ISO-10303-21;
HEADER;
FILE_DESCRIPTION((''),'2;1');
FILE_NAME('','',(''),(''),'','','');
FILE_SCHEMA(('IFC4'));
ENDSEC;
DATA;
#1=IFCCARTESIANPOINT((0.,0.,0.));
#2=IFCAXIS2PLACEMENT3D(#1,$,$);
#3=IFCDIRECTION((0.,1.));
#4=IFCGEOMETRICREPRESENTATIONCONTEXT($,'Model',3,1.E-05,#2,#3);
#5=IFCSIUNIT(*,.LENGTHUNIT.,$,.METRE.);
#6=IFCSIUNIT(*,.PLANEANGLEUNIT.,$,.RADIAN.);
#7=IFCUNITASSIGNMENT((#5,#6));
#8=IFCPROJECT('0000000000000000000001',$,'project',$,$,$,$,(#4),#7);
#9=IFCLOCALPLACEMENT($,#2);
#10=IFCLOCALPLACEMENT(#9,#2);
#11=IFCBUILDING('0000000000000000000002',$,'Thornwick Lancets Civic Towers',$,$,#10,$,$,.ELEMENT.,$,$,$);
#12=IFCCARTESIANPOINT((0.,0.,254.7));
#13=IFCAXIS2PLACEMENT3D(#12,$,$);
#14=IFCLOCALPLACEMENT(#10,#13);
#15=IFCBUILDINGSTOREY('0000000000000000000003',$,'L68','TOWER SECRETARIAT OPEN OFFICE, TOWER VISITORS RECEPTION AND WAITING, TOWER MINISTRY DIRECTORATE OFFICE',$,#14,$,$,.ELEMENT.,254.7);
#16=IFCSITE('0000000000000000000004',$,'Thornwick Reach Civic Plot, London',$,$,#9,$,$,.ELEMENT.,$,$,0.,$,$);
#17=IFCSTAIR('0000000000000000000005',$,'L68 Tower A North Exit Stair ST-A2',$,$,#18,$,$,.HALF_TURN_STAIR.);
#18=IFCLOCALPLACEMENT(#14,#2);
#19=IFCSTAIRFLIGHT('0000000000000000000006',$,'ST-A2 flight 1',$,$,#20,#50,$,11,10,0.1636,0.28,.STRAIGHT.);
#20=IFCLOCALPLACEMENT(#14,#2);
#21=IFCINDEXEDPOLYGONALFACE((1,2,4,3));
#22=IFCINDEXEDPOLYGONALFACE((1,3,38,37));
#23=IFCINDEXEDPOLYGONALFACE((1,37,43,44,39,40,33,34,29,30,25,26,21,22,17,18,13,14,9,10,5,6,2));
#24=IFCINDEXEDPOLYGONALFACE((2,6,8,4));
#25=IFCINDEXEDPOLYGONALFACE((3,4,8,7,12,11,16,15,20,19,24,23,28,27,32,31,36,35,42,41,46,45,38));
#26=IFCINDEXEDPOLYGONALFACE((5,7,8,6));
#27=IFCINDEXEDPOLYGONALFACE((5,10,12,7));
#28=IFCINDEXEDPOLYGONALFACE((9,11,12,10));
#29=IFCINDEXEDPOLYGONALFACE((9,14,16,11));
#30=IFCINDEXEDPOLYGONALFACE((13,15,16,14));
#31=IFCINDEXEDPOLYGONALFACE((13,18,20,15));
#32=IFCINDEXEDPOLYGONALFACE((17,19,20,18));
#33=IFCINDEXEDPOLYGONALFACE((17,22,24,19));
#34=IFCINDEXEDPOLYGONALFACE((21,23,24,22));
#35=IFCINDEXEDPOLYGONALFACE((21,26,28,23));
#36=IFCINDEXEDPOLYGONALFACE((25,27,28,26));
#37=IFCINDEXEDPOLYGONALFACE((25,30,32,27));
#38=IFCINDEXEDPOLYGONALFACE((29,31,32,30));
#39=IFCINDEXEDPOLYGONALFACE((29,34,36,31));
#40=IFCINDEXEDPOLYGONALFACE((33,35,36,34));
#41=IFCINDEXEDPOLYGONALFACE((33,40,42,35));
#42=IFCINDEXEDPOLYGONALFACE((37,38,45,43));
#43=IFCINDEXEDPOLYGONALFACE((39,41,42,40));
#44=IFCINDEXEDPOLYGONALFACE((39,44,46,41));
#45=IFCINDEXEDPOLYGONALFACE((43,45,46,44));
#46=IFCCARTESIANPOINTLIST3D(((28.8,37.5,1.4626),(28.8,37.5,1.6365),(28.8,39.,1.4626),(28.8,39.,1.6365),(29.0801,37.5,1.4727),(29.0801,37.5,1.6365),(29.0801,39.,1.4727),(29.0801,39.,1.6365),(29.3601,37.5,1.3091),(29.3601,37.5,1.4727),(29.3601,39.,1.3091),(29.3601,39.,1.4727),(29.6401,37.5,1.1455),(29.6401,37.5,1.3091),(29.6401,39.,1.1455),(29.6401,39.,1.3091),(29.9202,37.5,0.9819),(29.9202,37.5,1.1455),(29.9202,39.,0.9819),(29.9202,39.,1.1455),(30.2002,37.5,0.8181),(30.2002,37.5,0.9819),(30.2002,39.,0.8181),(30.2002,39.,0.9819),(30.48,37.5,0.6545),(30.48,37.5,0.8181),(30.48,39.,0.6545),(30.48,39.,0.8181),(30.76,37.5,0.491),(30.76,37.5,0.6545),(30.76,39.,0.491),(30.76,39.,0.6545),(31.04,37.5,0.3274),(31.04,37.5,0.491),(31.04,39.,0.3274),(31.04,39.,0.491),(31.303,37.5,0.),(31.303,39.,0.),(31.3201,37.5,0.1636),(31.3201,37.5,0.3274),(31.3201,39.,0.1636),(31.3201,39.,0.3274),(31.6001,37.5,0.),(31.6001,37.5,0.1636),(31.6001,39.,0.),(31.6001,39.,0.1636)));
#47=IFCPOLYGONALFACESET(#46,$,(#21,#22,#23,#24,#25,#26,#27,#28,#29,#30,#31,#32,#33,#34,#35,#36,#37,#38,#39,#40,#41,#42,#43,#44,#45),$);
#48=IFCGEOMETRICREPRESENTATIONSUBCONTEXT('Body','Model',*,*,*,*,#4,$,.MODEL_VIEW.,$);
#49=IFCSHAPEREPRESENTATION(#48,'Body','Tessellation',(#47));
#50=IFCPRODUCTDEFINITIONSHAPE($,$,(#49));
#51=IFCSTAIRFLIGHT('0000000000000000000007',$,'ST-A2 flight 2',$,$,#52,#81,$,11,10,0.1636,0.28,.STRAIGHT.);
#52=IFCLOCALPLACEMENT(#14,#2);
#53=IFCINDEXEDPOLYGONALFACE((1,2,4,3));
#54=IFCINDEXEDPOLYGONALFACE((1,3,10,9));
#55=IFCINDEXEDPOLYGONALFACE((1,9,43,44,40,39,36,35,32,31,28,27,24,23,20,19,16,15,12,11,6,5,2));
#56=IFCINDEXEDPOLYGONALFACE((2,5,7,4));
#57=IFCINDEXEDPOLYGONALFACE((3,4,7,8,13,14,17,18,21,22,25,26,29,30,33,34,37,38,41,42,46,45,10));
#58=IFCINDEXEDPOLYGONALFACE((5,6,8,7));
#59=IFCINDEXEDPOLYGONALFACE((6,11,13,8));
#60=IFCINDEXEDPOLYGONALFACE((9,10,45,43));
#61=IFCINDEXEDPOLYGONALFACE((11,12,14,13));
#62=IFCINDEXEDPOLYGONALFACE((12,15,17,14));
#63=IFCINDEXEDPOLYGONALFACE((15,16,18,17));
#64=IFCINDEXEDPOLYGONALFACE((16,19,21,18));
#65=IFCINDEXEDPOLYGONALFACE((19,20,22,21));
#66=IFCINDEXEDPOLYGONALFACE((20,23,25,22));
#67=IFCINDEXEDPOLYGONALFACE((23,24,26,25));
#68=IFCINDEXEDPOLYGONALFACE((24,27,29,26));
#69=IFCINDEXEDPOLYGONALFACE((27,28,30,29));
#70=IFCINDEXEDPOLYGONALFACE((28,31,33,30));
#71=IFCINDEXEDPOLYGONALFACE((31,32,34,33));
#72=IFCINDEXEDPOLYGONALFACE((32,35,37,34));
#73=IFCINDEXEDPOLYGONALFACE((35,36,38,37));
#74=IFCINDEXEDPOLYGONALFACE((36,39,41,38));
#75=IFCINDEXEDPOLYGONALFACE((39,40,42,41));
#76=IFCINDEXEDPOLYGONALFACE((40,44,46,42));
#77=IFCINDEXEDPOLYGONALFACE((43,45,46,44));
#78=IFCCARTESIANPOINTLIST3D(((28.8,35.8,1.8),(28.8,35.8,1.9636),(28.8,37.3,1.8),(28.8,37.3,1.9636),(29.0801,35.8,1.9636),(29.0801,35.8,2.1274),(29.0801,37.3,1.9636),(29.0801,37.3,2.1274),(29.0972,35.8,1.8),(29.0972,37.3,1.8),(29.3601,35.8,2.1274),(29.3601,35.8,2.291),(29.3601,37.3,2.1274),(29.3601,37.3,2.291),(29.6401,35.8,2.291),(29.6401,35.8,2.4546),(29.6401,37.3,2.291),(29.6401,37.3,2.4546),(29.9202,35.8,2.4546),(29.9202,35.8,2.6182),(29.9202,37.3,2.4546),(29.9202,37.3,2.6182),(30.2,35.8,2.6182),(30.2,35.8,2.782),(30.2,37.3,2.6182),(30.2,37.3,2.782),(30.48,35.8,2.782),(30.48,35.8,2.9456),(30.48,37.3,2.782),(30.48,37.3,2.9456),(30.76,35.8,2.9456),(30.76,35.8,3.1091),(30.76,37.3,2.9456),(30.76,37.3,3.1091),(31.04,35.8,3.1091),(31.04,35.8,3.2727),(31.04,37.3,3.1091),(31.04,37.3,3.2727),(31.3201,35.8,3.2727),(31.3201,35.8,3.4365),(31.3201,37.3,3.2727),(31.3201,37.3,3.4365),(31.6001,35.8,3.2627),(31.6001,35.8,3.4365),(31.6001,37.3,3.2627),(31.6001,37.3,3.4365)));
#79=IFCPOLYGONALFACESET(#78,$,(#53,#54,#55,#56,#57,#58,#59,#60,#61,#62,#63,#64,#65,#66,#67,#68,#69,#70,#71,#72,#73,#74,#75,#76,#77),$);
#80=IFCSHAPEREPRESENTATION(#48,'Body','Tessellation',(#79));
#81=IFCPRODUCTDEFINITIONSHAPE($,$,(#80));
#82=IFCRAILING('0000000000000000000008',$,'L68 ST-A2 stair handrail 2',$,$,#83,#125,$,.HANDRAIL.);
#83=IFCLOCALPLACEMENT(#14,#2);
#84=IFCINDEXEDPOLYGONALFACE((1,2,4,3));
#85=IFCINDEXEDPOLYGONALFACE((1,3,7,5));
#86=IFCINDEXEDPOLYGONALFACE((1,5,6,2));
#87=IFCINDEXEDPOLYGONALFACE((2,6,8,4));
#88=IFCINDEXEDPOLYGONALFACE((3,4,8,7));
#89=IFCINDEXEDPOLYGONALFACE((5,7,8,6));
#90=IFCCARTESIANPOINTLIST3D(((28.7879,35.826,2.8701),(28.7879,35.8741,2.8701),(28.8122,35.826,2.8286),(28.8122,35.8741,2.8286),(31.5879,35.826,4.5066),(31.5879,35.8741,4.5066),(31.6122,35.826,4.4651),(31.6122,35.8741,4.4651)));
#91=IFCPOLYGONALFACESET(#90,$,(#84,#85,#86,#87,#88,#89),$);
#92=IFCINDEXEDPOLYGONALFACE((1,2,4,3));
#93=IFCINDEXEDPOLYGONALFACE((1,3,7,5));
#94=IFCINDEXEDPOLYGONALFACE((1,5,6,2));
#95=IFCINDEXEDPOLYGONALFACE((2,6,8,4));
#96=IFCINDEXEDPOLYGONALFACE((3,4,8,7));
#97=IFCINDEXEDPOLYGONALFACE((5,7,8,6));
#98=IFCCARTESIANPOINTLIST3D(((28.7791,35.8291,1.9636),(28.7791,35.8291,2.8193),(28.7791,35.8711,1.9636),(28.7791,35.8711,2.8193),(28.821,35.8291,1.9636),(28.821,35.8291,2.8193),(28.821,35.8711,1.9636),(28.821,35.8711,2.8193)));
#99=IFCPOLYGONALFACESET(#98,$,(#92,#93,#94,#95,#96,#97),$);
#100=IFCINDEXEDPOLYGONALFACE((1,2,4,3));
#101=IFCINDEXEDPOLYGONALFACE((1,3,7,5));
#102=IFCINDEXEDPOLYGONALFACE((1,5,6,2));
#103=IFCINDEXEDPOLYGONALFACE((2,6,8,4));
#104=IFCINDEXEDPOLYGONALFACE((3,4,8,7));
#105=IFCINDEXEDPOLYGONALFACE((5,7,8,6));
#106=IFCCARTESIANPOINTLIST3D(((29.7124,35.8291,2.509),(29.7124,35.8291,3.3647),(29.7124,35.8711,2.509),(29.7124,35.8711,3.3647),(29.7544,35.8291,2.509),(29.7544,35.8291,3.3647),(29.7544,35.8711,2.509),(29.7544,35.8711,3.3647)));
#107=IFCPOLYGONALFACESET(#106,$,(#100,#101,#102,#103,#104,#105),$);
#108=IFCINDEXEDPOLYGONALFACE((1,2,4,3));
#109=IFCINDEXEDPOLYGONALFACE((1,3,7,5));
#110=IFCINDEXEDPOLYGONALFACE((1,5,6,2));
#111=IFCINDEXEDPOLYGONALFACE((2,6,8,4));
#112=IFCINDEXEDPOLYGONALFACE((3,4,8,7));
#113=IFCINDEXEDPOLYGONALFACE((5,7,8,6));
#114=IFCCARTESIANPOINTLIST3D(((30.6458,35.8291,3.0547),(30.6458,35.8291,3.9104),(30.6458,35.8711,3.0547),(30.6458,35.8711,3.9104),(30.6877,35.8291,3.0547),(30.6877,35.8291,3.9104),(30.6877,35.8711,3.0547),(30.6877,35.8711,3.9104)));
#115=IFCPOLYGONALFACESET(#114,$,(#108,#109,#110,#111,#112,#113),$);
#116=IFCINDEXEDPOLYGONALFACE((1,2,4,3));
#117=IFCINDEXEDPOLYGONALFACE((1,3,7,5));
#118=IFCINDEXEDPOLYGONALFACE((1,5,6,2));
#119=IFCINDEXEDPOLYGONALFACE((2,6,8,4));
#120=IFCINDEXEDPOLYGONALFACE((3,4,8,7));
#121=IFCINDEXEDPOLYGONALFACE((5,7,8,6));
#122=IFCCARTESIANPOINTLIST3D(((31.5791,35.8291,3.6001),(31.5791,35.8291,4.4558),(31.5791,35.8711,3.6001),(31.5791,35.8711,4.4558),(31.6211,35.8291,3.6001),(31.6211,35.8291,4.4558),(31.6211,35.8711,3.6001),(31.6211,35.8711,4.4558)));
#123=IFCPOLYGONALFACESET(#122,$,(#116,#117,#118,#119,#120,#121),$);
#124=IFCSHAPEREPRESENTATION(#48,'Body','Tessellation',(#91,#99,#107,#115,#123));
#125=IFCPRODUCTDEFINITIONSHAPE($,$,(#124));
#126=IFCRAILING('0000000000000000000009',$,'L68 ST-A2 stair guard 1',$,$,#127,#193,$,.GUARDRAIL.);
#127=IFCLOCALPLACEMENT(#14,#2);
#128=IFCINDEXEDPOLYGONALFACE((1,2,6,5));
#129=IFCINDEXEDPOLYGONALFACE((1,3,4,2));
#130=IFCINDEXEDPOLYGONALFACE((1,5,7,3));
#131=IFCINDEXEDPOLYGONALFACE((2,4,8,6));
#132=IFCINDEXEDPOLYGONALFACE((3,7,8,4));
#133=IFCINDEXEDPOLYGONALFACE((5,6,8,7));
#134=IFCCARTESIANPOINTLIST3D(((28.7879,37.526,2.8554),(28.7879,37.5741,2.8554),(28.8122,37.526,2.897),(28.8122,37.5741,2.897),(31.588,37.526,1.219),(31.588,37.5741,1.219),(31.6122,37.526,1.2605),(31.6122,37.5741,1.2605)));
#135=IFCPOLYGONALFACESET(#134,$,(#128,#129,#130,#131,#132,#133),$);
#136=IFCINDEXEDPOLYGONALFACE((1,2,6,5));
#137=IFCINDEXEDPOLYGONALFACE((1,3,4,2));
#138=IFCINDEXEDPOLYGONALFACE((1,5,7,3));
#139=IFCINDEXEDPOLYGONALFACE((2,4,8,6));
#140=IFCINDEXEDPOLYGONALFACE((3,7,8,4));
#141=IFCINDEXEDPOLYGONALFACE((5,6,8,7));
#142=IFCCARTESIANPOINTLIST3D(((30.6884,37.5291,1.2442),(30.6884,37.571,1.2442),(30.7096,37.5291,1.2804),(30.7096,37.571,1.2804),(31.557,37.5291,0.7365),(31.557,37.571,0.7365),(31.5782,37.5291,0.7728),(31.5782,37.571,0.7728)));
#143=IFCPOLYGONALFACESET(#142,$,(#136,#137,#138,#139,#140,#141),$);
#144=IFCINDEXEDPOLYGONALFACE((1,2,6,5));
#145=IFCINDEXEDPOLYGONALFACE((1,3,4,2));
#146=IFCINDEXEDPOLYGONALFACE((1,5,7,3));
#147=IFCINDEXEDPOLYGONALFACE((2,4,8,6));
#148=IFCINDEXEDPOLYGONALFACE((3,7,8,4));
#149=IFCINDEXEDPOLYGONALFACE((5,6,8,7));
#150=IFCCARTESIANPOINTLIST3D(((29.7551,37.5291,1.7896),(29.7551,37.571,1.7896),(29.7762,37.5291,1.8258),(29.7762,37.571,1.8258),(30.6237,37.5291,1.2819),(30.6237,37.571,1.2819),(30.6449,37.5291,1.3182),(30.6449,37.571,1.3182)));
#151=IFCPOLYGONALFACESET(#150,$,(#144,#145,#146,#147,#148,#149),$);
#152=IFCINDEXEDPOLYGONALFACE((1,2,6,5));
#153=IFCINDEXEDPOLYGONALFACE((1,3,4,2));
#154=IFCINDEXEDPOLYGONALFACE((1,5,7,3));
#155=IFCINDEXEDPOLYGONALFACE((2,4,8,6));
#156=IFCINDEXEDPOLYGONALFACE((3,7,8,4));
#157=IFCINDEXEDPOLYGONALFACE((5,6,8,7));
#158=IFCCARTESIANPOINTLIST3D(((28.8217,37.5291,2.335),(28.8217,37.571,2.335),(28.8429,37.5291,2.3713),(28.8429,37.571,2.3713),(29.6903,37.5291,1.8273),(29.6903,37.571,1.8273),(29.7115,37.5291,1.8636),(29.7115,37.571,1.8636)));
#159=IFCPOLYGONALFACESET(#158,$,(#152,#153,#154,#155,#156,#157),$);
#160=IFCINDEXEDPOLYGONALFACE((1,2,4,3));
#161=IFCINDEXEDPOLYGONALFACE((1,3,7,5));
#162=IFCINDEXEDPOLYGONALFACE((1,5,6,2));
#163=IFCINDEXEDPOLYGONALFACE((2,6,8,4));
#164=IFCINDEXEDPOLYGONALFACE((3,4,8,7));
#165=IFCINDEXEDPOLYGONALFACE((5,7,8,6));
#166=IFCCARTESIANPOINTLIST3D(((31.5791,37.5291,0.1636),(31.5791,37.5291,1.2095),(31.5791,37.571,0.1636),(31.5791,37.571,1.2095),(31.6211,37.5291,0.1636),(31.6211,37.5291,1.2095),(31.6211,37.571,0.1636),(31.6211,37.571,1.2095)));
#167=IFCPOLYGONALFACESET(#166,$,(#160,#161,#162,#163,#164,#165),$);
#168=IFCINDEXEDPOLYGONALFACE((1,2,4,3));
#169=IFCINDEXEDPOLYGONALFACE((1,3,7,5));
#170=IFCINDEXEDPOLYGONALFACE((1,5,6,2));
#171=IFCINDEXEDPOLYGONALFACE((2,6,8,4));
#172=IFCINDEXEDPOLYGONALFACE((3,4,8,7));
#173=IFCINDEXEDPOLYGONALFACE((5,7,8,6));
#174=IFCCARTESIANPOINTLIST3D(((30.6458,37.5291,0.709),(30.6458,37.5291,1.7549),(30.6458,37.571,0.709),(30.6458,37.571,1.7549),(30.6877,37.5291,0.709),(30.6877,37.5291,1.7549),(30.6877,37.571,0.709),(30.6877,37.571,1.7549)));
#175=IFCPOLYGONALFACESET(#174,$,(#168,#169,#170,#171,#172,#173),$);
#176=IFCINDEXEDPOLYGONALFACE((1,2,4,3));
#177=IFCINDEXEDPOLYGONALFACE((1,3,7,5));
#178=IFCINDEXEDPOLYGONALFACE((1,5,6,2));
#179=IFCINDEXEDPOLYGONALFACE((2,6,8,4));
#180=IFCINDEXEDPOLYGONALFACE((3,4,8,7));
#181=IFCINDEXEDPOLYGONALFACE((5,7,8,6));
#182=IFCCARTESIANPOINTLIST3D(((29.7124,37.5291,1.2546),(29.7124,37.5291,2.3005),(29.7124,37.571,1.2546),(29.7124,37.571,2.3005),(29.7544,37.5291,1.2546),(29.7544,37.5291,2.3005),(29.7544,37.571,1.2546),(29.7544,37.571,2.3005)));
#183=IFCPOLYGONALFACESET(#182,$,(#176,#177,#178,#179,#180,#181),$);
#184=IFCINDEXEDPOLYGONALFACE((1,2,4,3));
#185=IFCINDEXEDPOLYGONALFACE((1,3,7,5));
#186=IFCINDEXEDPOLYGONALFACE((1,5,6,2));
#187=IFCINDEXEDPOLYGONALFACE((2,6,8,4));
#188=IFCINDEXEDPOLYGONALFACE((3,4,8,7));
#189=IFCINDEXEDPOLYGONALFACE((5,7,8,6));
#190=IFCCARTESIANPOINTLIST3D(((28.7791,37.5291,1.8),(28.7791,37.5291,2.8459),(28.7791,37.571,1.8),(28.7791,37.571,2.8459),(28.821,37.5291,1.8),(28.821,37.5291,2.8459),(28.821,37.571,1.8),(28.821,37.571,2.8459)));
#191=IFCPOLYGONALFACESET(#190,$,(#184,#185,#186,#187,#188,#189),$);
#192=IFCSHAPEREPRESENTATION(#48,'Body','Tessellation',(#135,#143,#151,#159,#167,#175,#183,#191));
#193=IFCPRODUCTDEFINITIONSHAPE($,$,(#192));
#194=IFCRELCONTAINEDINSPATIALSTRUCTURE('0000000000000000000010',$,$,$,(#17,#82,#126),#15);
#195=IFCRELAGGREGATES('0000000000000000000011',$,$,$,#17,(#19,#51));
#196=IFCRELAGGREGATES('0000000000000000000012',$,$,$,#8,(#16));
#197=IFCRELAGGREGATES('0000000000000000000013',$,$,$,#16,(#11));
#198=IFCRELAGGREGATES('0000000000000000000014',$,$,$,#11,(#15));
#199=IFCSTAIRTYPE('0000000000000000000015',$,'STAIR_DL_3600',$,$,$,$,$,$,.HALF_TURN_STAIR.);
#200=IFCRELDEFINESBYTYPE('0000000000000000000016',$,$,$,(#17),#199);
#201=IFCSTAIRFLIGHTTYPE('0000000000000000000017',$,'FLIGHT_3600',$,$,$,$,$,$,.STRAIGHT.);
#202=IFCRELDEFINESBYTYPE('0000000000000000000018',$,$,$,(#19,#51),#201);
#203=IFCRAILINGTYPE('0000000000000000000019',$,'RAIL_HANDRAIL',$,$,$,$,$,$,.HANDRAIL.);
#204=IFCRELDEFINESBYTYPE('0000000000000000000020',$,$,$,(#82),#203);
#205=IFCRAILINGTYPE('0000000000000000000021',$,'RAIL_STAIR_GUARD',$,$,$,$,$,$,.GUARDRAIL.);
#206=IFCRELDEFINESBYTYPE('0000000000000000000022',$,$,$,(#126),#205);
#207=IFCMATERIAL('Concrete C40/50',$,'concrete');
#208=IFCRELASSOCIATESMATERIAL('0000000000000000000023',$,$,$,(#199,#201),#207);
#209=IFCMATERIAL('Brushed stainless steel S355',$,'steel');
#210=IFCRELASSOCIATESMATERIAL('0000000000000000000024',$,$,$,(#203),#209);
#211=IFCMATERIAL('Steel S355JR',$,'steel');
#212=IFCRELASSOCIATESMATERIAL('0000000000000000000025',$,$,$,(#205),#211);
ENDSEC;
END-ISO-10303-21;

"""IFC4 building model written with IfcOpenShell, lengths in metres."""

from ifc_helpers import new_model, si_unit, direction, frame, origin, origin_2d, place, context, subcontext, project, spatial, polyline, rectangle, outline, extrude, material, type_object, element, aggregate, save


model = new_model("IFC4")

# Units and contexts
model_context = context("Model", 3, precision=1e-05, world=origin(), true_north=direction((0.0, 1.0)))
body_context = subcontext(model_context, "Body", "Model", "MODEL_VIEW")
ifc_project = project(units=[si_unit("LENGTHUNIT", "METRE"), si_unit("PLANEANGLEUNIT", "RADIAN")], contexts=[model_context])

# Site, building, storey
site_placement = place(None, origin())
site = spatial("IfcSite", under=ifc_project, at=site_placement, Name="Thornwick Reach Civic Plot, London", CompositionType="ELEMENT", RefElevation=0.0)
building_placement = place(site_placement, origin())
building = spatial("IfcBuilding", under=site, at=building_placement, Name="Thornwick Lancets Civic Towers", CompositionType="ELEMENT")
storey_placement = place(building_placement, frame((0.0, 0.0, 254.7)))
storey = spatial("IfcBuildingStorey", under=building, at=storey_placement, Name="L68", Description="TOWER SECRETARIAT OPEN OFFICE, TOWER VISITORS RECEPTION AND WAITING, TOWER MINISTRY DIRECTORATE OFFICE", CompositionType="ELEMENT", Elevation=254.7)

# Shared definitions
ifc_material_1 = material(Name="Steel S355JR", Category="steel")
ifc_material_2 = material(Name="Concrete C40/50", Category="concrete")

# Stair, stair flights
stair_type = type_object("IfcStairType", Name="STAIR_DL_3600", PredefinedType="HALF_TURN_STAIR", material=ifc_material_2)
stair_placement = place(storey_placement, origin())
stair = element("IfcStair", 1, at=stair_placement, inside=storey, type_object=stair_type, Name="L68 Tower A North Exit Stair ST-A2", PredefinedType="HALF_TURN_STAIR")
stair_flight_type = type_object("IfcStairFlightType", Name="FLIGHT_3600", PredefinedType="STRAIGHT", material=ifc_material_2)
stair_flight_1_placement = place(storey_placement, frame((31.6001, 38.25, 0.0), z_axis=(0.0, 0.0, 1.0), x_axis=(-1.0, 0.0, 0.0)))
stair_flight_1 = element("IfcStairFlight", 2, at=stair_flight_1_placement, type_object=stair_flight_type, Name="ST-A2 flight 1", NumberOfRisers=11, NumberOfTreads=10, PredefinedType="STRAIGHT", RiserHeight=0.1636, TreadLength=0.28, context=body_context, shape_type="SweptSolid", body=[
    extrude(outline(polyline([(0.0, 0.0), (0.0, 0.1636), (0.28, 0.1636), (0.28, 0.3274), (0.5601, 0.3274), (0.5601, 0.491), (0.8401, 0.491), (0.8401, 0.6545), (1.1201, 0.6545), (1.1201, 0.8181), (1.3999, 0.8181), (1.3999, 0.9819), (1.6799, 0.9819), (1.6799, 1.1455), (1.96, 1.1455), (1.96, 1.3091), (2.24, 1.3091), (2.24, 1.4727), (2.52, 1.4727), (2.52, 1.6365), (2.8, 1.6365), (2.8, 1.8), (2.8, 1.4626), (0.2971, 0.0), (0.0, 0.0)])), frame((0.0, 0.75, 0.0), z_axis=(0.0, -1.0, 0.0), x_axis=(1.0, 0.0, 0.0)), (0.0, 0.0, 1.0), 1.5),
])
stair_flight_2_placement = place(storey_placement, frame((28.8, 36.55, 1.8), z_axis=(0.0, 0.0, 1.0), x_axis=(1.0, 0.0, 0.0)))
stair_flight_2 = element("IfcStairFlight", 3, at=stair_flight_2_placement, type_object=stair_flight_type, Name="ST-A2 flight 2", NumberOfRisers=11, NumberOfTreads=10, PredefinedType="STRAIGHT", RiserHeight=0.1636, TreadLength=0.28, context=body_context, shape_type="SweptSolid", body=[
    extrude(outline(polyline([(0.0, 0.0), (0.0, 0.1636), (0.28, 0.1636), (0.28, 0.3274), (0.5601, 0.3274), (0.5601, 0.491), (0.8401, 0.491), (0.8401, 0.6545), (1.1201, 0.6545), (1.1201, 0.8181), (1.3999, 0.8181), (1.3999, 0.9819), (1.6799, 0.9819), (1.6799, 1.1455), (1.96, 1.1455), (1.96, 1.3091), (2.24, 1.3091), (2.24, 1.4727), (2.52, 1.4727), (2.52, 1.6365), (2.8, 1.6365), (2.8, 1.8), (2.8, 1.4626), (0.2971, 0.0), (0.0, 0.0)])), frame((0.0, 0.75, 0.0), z_axis=(0.0, -1.0, 0.0), x_axis=(1.0, 0.0, 0.0)), (0.0, 0.0, 1.0), 1.5),
])
aggregate(stair, [stair_flight_1, stair_flight_2])

# Railings
ifc_material_3 = material(Name="Brushed stainless steel S355", Category="steel")
railing_type_1 = type_object("IfcRailingType", Name="RAIL_HANDRAIL", PredefinedType="HANDRAIL", material=ifc_material_3)
railing_1_placement = place(storey_placement, frame((28.8, 35.8501, 1.9636)))
element("IfcRailing", 4, at=railing_1_placement, inside=storey, type_object=railing_type_1, Name="L68 ST-A2 stair handrail 2", PredefinedType="HANDRAIL", context=body_context, shape_type="SweptSolid", body=[
    extrude(rectangle(XDim=0.0481, YDim=0.0481, at=origin_2d()), frame((0.0, 0.0, 0.8857), z_axis=(0.863361, 0.0, 0.504587), x_axis=(0.0, 1.0, 0.0)), (0.0, 0.0, 1.0), 3.2432),
    extrude(rectangle(XDim=0.042, YDim=0.042, at=origin_2d()), origin(), (0.0, 0.0, 1.0), 0.8557),
    extrude(rectangle(XDim=0.042, YDim=0.042, at=origin_2d()), frame((0.9333, 0.0, 0.5454)), (0.0, 0.0, 1.0), 0.8557),
    extrude(rectangle(XDim=0.042, YDim=0.042, at=origin_2d()), frame((1.8667, 0.0, 1.0911)), (0.0, 0.0, 1.0), 0.8557),
    extrude(rectangle(XDim=0.042, YDim=0.042, at=origin_2d()), frame((2.8, 0.0, 1.6365)), (0.0, 0.0, 1.0), 0.8557),
])
railing_type_2 = type_object("IfcRailingType", Name="RAIL_STAIR_GUARD", PredefinedType="GUARDRAIL", material=ifc_material_1)
railing_2_placement = place(storey_placement, frame((31.6001, 37.55, 0.1636)))
element("IfcRailing", 5, at=railing_2_placement, inside=storey, type_object=railing_type_2, Name="L68 ST-A2 stair guard 1", PredefinedType="GUARDRAIL", context=body_context, shape_type="SweptSolid", body=[
    extrude(rectangle(XDim=0.0481, YDim=0.0481, at=origin_2d()), frame((0.0, 0.0, 1.0762), z_axis=(-0.863361, 0.0, 0.504587), x_axis=(0.0, -1.0, 0.0)), (0.0, 0.0, 1.0), 3.2432),
    extrude(rectangle(XDim=0.042, YDim=0.042, at=origin_2d()), frame((-0.0325, 0.0, 0.5911), z_axis=(-0.863361, 0.0, 0.504587), x_axis=(0.0, -1.0, 0.0)), (0.0, 0.0, 1.0), 1.0061),
    extrude(rectangle(XDim=0.042, YDim=0.042, at=origin_2d()), frame((-0.9658, 0.0, 1.1365), z_axis=(-0.863361, 0.0, 0.504587), x_axis=(0.0, -1.0, 0.0)), (0.0, 0.0, 1.0), 1.0061),
    extrude(rectangle(XDim=0.042, YDim=0.042, at=origin_2d()), frame((-1.8992, 0.0, 1.6819), z_axis=(-0.863361, 0.0, 0.504587), x_axis=(0.0, -1.0, 0.0)), (0.0, 0.0, 1.0), 1.0061),
    extrude(rectangle(XDim=0.042, YDim=0.042, at=origin_2d()), origin(), (0.0, 0.0, 1.0), 1.0459),
    extrude(rectangle(XDim=0.042, YDim=0.042, at=origin_2d()), frame((-0.9333, 0.0, 0.5454)), (0.0, 0.0, 1.0), 1.0459),
    extrude(rectangle(XDim=0.042, YDim=0.042, at=origin_2d()), frame((-1.8667, 0.0, 1.0911)), (0.0, 0.0, 1.0), 1.0459),
    extrude(rectangle(XDim=0.042, YDim=0.042, at=origin_2d()), frame((-2.8, 0.0, 1.6365)), (0.0, 0.0, 1.0), 1.0459),
])

save(model, "model.ifc")
